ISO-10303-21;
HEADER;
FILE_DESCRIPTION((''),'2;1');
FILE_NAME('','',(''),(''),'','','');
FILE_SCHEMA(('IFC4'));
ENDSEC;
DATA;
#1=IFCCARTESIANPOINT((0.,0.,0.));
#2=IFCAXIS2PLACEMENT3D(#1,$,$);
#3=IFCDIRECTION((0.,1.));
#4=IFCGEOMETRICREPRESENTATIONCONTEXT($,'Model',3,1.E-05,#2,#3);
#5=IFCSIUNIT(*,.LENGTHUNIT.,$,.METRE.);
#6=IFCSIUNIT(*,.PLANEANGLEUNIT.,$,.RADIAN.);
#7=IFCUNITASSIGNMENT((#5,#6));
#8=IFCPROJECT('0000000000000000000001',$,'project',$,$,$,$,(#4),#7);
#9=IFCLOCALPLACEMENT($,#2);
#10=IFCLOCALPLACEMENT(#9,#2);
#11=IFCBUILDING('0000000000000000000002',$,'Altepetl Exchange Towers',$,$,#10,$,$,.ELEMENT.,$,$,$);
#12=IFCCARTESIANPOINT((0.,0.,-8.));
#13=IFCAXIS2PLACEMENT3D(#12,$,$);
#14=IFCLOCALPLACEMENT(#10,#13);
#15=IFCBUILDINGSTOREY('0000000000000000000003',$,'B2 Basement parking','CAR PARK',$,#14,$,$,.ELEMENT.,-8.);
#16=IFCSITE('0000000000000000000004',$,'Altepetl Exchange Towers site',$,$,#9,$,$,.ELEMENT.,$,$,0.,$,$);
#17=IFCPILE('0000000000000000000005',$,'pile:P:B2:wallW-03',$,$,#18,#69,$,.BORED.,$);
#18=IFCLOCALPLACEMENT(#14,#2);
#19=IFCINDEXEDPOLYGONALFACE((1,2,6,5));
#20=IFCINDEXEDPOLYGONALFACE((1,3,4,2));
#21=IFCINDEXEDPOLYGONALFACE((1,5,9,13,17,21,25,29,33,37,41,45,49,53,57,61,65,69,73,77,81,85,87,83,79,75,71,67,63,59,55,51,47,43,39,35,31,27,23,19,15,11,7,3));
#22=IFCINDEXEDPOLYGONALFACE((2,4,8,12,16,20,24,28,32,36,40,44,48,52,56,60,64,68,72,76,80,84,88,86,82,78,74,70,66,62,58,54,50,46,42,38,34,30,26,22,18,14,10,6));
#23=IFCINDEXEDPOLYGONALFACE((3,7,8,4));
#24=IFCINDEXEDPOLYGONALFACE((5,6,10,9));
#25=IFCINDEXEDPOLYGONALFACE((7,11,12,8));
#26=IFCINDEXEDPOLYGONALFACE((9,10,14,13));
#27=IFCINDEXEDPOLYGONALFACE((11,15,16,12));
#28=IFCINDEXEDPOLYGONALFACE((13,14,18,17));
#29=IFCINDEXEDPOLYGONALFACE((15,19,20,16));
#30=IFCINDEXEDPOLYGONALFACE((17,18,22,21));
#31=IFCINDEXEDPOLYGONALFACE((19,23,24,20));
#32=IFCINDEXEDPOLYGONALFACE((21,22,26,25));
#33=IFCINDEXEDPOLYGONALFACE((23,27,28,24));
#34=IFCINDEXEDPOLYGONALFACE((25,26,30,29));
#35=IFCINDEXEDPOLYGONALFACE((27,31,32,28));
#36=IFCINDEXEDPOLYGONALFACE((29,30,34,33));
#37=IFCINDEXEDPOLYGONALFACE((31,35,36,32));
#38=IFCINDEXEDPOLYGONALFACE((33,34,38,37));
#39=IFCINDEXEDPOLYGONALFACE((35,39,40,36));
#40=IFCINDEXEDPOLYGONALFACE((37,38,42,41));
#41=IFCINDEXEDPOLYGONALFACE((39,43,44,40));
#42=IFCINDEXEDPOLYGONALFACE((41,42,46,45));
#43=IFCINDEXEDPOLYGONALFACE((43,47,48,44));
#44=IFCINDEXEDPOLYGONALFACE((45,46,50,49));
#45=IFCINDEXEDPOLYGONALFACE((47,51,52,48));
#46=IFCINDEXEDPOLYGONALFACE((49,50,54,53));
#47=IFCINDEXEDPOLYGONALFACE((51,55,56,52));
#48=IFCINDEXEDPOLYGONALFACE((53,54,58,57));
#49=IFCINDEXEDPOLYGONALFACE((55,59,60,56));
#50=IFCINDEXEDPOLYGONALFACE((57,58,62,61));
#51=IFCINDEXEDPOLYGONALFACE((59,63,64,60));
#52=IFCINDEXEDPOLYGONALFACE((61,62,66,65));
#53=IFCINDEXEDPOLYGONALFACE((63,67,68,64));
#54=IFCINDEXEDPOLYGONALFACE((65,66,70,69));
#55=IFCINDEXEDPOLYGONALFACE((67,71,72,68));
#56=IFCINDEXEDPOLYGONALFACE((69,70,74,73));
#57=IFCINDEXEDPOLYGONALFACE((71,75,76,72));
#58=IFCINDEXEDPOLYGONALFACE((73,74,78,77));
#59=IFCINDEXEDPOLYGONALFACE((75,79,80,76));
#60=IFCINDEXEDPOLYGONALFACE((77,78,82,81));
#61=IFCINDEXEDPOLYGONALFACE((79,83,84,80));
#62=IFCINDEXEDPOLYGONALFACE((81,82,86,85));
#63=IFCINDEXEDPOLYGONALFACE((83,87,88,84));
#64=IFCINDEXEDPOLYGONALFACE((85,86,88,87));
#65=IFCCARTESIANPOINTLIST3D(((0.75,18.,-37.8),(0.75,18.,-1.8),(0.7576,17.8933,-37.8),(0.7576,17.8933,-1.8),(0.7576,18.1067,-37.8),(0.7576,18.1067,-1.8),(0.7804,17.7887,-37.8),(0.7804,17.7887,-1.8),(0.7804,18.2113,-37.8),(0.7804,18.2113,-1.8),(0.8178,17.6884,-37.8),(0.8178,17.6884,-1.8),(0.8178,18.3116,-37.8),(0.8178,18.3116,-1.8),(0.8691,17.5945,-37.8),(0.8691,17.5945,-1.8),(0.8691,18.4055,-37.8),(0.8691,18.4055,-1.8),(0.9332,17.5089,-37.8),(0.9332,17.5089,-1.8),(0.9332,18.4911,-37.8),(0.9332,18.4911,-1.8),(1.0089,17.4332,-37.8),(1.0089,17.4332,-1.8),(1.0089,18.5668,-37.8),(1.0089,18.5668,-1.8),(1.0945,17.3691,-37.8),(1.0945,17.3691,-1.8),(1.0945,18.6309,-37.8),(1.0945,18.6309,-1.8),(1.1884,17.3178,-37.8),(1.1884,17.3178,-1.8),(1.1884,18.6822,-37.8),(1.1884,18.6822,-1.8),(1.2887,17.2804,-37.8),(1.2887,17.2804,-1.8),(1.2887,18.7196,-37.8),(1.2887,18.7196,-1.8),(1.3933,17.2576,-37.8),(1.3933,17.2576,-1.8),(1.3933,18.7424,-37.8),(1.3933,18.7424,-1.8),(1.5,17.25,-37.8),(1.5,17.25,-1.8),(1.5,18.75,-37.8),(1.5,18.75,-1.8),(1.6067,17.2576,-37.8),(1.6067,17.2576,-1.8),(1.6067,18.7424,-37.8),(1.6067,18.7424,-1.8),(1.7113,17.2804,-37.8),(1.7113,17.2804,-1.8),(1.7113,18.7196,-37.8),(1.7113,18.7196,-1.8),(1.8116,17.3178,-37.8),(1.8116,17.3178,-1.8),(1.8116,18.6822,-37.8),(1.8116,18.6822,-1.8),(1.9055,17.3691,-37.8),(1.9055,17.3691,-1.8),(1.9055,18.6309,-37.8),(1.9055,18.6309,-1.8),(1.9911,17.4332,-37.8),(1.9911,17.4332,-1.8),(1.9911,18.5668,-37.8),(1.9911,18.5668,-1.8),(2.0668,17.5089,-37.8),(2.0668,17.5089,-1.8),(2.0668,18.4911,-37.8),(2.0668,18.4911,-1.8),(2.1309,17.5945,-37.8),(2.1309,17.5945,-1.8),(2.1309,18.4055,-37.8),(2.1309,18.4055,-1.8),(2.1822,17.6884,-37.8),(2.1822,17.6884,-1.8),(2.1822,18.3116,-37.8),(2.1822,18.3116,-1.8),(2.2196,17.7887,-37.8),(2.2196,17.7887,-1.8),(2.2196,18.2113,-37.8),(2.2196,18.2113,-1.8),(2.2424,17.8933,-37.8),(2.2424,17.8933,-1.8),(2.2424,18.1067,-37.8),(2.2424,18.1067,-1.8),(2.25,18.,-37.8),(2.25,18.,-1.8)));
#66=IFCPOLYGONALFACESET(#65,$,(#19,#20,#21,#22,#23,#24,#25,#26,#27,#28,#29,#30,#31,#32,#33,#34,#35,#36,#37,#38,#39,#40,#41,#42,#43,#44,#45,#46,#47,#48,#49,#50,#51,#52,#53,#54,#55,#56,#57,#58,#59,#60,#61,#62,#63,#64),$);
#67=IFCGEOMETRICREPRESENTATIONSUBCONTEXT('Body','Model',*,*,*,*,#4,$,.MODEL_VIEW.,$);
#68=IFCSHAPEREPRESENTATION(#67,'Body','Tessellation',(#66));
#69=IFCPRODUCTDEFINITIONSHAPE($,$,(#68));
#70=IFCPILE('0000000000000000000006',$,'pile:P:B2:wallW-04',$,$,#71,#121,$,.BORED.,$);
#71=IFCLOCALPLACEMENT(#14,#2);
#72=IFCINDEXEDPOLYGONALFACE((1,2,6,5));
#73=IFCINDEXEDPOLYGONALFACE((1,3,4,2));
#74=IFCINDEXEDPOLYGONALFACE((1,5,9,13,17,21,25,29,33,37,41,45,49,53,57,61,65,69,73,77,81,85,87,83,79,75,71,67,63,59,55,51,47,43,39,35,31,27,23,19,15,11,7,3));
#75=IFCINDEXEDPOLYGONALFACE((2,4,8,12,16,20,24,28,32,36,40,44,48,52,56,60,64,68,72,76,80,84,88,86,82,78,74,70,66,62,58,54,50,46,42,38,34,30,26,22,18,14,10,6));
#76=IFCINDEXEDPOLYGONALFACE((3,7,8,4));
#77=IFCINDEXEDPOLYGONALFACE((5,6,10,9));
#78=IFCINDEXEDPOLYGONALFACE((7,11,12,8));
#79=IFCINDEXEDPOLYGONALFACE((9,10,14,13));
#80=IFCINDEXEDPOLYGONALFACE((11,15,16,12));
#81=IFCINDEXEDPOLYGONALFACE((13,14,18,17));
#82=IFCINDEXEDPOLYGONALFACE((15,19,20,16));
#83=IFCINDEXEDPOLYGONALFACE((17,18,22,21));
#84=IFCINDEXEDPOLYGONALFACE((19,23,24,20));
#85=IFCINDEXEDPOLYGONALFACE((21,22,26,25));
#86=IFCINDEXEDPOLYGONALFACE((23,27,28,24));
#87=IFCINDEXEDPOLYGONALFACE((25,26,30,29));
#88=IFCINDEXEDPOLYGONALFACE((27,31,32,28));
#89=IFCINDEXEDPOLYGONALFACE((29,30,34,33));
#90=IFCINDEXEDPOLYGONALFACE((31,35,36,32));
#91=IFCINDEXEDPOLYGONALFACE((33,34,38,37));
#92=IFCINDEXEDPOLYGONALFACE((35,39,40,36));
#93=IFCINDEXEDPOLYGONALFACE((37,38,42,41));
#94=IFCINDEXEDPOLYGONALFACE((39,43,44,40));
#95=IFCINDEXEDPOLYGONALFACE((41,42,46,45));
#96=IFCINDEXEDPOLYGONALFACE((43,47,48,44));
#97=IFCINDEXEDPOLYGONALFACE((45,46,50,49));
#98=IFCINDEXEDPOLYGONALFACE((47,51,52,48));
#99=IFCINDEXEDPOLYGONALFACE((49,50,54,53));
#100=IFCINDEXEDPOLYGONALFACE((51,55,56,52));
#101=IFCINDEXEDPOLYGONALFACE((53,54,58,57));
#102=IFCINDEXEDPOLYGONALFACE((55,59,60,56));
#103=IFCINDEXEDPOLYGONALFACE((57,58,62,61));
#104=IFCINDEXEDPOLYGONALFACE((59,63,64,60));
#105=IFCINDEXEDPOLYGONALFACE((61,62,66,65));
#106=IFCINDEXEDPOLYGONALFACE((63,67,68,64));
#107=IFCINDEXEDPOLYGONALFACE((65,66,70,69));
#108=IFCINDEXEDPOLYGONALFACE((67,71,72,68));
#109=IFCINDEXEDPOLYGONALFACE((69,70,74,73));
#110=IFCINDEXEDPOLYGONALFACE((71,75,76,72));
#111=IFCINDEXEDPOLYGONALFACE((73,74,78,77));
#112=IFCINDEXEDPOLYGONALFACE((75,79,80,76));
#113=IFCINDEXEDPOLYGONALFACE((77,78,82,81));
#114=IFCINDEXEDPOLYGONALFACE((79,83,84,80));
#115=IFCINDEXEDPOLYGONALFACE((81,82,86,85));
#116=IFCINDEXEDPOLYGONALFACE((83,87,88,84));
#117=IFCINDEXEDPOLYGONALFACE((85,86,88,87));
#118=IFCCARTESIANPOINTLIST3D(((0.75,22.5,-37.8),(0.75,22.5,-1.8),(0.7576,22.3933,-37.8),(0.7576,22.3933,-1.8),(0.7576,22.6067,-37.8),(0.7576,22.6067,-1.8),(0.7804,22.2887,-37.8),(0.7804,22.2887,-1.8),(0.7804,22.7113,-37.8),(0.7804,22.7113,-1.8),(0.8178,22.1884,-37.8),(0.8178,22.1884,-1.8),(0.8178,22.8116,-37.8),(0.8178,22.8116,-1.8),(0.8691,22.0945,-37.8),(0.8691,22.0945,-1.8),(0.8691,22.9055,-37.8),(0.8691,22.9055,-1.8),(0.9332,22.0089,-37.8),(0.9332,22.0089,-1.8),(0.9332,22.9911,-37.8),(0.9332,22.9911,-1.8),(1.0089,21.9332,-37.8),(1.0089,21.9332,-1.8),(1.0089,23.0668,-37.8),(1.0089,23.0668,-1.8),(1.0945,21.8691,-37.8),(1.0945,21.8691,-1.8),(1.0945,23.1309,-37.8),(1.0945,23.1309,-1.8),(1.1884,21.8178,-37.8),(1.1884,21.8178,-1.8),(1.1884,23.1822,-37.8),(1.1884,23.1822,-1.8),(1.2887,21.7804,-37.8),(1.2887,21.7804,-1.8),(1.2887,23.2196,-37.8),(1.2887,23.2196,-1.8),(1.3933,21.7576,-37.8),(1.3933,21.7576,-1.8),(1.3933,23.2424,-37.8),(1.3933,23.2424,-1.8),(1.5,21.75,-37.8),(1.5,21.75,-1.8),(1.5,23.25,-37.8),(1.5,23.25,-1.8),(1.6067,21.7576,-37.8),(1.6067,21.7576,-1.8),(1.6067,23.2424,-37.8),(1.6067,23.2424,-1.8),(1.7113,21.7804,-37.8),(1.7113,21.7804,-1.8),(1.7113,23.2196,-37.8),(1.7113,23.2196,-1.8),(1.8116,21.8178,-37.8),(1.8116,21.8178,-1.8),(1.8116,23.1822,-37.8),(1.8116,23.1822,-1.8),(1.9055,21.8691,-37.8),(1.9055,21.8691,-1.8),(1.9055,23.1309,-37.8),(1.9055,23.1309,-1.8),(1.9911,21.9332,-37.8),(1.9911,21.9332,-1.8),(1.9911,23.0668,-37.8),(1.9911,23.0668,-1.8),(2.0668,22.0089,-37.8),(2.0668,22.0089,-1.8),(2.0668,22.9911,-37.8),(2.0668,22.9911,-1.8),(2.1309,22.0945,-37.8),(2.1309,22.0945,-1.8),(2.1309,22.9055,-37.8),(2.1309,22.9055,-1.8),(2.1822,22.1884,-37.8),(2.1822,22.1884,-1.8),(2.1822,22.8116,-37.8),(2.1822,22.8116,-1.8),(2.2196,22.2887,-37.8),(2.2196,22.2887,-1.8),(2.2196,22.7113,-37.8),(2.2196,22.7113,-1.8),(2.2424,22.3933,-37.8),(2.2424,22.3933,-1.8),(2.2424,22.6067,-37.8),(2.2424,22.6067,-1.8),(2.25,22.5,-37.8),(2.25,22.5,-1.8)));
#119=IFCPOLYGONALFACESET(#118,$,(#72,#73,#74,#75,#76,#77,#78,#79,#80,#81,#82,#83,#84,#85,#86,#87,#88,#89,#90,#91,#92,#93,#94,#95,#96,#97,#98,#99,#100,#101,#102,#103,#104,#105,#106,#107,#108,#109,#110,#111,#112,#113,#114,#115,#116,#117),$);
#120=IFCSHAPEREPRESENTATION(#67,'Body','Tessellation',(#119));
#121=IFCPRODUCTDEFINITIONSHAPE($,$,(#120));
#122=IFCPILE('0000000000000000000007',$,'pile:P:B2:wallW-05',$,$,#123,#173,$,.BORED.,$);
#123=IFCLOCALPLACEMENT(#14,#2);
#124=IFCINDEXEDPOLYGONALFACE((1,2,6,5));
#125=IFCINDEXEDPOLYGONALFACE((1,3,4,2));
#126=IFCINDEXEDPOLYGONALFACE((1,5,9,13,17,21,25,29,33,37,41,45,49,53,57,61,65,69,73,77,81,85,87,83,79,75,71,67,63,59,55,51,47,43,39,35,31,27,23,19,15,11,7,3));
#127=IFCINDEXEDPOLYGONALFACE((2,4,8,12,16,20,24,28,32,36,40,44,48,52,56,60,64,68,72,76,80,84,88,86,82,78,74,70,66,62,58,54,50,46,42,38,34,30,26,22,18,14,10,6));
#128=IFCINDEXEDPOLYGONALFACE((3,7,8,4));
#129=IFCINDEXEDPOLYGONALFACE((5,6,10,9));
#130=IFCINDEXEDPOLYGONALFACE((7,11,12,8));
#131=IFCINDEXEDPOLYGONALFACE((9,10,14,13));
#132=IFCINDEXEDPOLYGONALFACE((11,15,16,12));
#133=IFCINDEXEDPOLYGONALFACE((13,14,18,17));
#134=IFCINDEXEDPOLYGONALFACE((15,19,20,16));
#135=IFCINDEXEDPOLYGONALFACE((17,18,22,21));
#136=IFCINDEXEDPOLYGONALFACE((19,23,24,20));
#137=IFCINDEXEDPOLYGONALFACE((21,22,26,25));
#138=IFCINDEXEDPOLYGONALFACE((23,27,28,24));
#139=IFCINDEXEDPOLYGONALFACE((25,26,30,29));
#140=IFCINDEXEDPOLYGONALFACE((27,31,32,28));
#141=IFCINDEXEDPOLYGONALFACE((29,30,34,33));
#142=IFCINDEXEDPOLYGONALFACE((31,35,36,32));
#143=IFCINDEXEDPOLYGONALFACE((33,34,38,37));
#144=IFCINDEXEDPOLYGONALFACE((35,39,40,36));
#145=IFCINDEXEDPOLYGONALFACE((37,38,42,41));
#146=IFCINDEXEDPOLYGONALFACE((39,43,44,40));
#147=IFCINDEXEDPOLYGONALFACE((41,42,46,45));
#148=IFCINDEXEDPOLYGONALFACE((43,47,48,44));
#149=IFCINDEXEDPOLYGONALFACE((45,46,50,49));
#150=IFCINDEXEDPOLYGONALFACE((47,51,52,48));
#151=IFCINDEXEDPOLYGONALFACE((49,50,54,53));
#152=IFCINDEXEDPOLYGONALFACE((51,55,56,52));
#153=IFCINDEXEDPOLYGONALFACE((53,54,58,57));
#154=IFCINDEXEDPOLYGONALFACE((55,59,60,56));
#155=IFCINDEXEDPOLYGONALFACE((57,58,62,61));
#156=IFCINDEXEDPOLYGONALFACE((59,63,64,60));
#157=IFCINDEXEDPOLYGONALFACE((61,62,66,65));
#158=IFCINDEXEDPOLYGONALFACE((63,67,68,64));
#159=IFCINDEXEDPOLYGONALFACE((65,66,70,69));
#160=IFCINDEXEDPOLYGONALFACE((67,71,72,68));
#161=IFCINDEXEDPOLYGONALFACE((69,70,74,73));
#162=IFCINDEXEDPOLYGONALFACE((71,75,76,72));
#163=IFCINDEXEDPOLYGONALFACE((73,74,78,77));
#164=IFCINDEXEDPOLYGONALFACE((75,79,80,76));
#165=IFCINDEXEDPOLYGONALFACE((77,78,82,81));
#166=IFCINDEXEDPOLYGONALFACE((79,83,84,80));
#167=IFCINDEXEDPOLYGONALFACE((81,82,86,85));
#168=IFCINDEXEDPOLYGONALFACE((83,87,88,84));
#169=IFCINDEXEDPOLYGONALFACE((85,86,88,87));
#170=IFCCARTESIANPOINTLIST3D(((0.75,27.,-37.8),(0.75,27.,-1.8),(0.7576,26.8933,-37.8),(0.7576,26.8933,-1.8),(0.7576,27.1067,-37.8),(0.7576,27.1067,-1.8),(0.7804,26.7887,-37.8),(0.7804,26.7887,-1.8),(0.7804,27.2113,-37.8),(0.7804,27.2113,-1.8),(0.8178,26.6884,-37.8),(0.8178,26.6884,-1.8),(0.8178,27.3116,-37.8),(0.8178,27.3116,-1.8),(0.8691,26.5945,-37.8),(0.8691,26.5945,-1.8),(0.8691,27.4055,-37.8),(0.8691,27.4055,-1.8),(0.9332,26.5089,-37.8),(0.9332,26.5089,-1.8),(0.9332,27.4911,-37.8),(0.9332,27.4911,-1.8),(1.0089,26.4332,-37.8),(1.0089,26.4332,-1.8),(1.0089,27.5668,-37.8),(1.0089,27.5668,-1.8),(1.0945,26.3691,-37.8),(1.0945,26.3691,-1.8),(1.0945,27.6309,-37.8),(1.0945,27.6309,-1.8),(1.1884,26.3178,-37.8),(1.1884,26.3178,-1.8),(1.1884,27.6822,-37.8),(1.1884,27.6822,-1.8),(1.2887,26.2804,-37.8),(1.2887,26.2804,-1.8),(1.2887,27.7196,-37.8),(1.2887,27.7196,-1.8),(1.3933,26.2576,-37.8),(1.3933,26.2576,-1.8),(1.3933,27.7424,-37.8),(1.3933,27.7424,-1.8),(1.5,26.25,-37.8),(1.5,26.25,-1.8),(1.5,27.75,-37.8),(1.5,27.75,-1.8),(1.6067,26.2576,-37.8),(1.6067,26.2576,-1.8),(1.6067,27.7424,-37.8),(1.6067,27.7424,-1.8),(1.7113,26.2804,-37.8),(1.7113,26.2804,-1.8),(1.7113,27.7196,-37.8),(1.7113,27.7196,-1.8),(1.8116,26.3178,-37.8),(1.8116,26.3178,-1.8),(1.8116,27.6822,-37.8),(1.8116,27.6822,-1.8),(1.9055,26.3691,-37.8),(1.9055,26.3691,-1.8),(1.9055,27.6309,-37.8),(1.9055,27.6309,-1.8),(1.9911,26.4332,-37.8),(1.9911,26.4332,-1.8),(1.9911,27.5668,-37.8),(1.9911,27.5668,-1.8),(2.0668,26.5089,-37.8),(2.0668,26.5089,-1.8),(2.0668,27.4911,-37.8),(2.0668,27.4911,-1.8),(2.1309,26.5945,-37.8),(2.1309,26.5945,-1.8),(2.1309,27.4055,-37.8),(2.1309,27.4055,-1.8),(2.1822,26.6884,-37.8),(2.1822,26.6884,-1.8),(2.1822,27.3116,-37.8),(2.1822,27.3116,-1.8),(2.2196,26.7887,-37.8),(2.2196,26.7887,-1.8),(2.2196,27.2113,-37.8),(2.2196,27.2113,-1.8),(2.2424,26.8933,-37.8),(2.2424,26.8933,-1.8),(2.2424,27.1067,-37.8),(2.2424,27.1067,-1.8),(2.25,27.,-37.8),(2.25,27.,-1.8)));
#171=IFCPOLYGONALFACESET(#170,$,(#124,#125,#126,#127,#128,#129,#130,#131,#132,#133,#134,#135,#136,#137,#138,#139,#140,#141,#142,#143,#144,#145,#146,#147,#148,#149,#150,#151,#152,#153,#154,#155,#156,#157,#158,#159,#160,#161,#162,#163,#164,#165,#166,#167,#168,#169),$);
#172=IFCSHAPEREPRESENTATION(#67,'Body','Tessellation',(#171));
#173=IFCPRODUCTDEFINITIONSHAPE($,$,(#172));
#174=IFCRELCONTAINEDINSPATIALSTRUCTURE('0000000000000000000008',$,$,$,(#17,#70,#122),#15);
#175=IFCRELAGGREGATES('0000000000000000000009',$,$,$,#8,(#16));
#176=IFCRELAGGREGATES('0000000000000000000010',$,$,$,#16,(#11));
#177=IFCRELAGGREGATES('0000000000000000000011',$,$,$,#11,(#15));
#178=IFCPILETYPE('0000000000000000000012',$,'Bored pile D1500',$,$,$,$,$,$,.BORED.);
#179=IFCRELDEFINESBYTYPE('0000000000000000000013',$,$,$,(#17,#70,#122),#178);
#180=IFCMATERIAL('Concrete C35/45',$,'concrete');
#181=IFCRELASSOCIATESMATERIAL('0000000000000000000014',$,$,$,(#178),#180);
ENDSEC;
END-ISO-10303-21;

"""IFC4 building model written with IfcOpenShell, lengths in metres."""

from ifc_helpers import new_model, si_unit, direction, frame, origin, origin_2d, place, context, subcontext, project, spatial, circle, extrude, material, material_profile, profile_set, type_object, element, save


model = new_model("IFC4")

# Units and contexts
model_context = context("Model", 3, precision=1e-05, world=origin(), true_north=direction((0.0, 1.0)))
body_context = subcontext(model_context, "Body", "Model", "MODEL_VIEW")
ifc_project = project(units=[si_unit("LENGTHUNIT", "METRE"), si_unit("PLANEANGLEUNIT", "RADIAN")], contexts=[model_context])

# Site, building, storey
site_placement = place(None, origin())
site = spatial("IfcSite", under=ifc_project, at=site_placement, Name="Altepetl Exchange Towers site", CompositionType="ELEMENT", RefElevation=0.0)
building_placement = place(site_placement, origin())
building = spatial("IfcBuilding", under=site, at=building_placement, Name="Altepetl Exchange Towers", CompositionType="ELEMENT")
storey_placement = place(building_placement, frame((0.0, 0.0, -8.0)))
storey = spatial("IfcBuildingStorey", under=building, at=storey_placement, Name="B2 Basement parking", Description="CAR PARK", CompositionType="ELEMENT", Elevation=-8.0)

# Piles
ifc_material_1 = material(Name="Concrete C35/45", Category="concrete")
ifc_material_profile = material_profile(ifc_material_1, circle(Radius=0.75, at=origin_2d()), Name="D1500")
ifc_profile_set = profile_set([ifc_material_profile], Name="Concrete C35/45")
pile_type = type_object("IfcPileType", Name="Bored pile D1500", PredefinedType="BORED", material=ifc_profile_set)
for number, where, z_axis, x_axis, name in (
    (1, (1.5, 18.0, -1.8), (0.0, 0.0, -1.0), (1.0, 0.0, 0.0), "pile:P:B2:wallW-03"),
    (2, (1.5, 22.5, -1.8), (0.0, 0.0, -1.0), (1.0, 0.0, 0.0), "pile:P:B2:wallW-04"),
    (3, (1.5, 27.0, -1.8), (0.0, 0.0, -1.0), (1.0, 0.0, 0.0), "pile:P:B2:wallW-05"),
):
    element("IfcPile", number, at=place(storey_placement, frame(where, z_axis=z_axis, x_axis=x_axis)), inside=storey, type_object=pile_type, Name=name, PredefinedType="BORED", context=body_context, shape_type="SweptSolid", body=[
        extrude(circle(Radius=0.75, at=origin_2d()), origin(), (0.0, 0.0, 1.0), 36.0),
    ])

save(model, "model.ifc")
